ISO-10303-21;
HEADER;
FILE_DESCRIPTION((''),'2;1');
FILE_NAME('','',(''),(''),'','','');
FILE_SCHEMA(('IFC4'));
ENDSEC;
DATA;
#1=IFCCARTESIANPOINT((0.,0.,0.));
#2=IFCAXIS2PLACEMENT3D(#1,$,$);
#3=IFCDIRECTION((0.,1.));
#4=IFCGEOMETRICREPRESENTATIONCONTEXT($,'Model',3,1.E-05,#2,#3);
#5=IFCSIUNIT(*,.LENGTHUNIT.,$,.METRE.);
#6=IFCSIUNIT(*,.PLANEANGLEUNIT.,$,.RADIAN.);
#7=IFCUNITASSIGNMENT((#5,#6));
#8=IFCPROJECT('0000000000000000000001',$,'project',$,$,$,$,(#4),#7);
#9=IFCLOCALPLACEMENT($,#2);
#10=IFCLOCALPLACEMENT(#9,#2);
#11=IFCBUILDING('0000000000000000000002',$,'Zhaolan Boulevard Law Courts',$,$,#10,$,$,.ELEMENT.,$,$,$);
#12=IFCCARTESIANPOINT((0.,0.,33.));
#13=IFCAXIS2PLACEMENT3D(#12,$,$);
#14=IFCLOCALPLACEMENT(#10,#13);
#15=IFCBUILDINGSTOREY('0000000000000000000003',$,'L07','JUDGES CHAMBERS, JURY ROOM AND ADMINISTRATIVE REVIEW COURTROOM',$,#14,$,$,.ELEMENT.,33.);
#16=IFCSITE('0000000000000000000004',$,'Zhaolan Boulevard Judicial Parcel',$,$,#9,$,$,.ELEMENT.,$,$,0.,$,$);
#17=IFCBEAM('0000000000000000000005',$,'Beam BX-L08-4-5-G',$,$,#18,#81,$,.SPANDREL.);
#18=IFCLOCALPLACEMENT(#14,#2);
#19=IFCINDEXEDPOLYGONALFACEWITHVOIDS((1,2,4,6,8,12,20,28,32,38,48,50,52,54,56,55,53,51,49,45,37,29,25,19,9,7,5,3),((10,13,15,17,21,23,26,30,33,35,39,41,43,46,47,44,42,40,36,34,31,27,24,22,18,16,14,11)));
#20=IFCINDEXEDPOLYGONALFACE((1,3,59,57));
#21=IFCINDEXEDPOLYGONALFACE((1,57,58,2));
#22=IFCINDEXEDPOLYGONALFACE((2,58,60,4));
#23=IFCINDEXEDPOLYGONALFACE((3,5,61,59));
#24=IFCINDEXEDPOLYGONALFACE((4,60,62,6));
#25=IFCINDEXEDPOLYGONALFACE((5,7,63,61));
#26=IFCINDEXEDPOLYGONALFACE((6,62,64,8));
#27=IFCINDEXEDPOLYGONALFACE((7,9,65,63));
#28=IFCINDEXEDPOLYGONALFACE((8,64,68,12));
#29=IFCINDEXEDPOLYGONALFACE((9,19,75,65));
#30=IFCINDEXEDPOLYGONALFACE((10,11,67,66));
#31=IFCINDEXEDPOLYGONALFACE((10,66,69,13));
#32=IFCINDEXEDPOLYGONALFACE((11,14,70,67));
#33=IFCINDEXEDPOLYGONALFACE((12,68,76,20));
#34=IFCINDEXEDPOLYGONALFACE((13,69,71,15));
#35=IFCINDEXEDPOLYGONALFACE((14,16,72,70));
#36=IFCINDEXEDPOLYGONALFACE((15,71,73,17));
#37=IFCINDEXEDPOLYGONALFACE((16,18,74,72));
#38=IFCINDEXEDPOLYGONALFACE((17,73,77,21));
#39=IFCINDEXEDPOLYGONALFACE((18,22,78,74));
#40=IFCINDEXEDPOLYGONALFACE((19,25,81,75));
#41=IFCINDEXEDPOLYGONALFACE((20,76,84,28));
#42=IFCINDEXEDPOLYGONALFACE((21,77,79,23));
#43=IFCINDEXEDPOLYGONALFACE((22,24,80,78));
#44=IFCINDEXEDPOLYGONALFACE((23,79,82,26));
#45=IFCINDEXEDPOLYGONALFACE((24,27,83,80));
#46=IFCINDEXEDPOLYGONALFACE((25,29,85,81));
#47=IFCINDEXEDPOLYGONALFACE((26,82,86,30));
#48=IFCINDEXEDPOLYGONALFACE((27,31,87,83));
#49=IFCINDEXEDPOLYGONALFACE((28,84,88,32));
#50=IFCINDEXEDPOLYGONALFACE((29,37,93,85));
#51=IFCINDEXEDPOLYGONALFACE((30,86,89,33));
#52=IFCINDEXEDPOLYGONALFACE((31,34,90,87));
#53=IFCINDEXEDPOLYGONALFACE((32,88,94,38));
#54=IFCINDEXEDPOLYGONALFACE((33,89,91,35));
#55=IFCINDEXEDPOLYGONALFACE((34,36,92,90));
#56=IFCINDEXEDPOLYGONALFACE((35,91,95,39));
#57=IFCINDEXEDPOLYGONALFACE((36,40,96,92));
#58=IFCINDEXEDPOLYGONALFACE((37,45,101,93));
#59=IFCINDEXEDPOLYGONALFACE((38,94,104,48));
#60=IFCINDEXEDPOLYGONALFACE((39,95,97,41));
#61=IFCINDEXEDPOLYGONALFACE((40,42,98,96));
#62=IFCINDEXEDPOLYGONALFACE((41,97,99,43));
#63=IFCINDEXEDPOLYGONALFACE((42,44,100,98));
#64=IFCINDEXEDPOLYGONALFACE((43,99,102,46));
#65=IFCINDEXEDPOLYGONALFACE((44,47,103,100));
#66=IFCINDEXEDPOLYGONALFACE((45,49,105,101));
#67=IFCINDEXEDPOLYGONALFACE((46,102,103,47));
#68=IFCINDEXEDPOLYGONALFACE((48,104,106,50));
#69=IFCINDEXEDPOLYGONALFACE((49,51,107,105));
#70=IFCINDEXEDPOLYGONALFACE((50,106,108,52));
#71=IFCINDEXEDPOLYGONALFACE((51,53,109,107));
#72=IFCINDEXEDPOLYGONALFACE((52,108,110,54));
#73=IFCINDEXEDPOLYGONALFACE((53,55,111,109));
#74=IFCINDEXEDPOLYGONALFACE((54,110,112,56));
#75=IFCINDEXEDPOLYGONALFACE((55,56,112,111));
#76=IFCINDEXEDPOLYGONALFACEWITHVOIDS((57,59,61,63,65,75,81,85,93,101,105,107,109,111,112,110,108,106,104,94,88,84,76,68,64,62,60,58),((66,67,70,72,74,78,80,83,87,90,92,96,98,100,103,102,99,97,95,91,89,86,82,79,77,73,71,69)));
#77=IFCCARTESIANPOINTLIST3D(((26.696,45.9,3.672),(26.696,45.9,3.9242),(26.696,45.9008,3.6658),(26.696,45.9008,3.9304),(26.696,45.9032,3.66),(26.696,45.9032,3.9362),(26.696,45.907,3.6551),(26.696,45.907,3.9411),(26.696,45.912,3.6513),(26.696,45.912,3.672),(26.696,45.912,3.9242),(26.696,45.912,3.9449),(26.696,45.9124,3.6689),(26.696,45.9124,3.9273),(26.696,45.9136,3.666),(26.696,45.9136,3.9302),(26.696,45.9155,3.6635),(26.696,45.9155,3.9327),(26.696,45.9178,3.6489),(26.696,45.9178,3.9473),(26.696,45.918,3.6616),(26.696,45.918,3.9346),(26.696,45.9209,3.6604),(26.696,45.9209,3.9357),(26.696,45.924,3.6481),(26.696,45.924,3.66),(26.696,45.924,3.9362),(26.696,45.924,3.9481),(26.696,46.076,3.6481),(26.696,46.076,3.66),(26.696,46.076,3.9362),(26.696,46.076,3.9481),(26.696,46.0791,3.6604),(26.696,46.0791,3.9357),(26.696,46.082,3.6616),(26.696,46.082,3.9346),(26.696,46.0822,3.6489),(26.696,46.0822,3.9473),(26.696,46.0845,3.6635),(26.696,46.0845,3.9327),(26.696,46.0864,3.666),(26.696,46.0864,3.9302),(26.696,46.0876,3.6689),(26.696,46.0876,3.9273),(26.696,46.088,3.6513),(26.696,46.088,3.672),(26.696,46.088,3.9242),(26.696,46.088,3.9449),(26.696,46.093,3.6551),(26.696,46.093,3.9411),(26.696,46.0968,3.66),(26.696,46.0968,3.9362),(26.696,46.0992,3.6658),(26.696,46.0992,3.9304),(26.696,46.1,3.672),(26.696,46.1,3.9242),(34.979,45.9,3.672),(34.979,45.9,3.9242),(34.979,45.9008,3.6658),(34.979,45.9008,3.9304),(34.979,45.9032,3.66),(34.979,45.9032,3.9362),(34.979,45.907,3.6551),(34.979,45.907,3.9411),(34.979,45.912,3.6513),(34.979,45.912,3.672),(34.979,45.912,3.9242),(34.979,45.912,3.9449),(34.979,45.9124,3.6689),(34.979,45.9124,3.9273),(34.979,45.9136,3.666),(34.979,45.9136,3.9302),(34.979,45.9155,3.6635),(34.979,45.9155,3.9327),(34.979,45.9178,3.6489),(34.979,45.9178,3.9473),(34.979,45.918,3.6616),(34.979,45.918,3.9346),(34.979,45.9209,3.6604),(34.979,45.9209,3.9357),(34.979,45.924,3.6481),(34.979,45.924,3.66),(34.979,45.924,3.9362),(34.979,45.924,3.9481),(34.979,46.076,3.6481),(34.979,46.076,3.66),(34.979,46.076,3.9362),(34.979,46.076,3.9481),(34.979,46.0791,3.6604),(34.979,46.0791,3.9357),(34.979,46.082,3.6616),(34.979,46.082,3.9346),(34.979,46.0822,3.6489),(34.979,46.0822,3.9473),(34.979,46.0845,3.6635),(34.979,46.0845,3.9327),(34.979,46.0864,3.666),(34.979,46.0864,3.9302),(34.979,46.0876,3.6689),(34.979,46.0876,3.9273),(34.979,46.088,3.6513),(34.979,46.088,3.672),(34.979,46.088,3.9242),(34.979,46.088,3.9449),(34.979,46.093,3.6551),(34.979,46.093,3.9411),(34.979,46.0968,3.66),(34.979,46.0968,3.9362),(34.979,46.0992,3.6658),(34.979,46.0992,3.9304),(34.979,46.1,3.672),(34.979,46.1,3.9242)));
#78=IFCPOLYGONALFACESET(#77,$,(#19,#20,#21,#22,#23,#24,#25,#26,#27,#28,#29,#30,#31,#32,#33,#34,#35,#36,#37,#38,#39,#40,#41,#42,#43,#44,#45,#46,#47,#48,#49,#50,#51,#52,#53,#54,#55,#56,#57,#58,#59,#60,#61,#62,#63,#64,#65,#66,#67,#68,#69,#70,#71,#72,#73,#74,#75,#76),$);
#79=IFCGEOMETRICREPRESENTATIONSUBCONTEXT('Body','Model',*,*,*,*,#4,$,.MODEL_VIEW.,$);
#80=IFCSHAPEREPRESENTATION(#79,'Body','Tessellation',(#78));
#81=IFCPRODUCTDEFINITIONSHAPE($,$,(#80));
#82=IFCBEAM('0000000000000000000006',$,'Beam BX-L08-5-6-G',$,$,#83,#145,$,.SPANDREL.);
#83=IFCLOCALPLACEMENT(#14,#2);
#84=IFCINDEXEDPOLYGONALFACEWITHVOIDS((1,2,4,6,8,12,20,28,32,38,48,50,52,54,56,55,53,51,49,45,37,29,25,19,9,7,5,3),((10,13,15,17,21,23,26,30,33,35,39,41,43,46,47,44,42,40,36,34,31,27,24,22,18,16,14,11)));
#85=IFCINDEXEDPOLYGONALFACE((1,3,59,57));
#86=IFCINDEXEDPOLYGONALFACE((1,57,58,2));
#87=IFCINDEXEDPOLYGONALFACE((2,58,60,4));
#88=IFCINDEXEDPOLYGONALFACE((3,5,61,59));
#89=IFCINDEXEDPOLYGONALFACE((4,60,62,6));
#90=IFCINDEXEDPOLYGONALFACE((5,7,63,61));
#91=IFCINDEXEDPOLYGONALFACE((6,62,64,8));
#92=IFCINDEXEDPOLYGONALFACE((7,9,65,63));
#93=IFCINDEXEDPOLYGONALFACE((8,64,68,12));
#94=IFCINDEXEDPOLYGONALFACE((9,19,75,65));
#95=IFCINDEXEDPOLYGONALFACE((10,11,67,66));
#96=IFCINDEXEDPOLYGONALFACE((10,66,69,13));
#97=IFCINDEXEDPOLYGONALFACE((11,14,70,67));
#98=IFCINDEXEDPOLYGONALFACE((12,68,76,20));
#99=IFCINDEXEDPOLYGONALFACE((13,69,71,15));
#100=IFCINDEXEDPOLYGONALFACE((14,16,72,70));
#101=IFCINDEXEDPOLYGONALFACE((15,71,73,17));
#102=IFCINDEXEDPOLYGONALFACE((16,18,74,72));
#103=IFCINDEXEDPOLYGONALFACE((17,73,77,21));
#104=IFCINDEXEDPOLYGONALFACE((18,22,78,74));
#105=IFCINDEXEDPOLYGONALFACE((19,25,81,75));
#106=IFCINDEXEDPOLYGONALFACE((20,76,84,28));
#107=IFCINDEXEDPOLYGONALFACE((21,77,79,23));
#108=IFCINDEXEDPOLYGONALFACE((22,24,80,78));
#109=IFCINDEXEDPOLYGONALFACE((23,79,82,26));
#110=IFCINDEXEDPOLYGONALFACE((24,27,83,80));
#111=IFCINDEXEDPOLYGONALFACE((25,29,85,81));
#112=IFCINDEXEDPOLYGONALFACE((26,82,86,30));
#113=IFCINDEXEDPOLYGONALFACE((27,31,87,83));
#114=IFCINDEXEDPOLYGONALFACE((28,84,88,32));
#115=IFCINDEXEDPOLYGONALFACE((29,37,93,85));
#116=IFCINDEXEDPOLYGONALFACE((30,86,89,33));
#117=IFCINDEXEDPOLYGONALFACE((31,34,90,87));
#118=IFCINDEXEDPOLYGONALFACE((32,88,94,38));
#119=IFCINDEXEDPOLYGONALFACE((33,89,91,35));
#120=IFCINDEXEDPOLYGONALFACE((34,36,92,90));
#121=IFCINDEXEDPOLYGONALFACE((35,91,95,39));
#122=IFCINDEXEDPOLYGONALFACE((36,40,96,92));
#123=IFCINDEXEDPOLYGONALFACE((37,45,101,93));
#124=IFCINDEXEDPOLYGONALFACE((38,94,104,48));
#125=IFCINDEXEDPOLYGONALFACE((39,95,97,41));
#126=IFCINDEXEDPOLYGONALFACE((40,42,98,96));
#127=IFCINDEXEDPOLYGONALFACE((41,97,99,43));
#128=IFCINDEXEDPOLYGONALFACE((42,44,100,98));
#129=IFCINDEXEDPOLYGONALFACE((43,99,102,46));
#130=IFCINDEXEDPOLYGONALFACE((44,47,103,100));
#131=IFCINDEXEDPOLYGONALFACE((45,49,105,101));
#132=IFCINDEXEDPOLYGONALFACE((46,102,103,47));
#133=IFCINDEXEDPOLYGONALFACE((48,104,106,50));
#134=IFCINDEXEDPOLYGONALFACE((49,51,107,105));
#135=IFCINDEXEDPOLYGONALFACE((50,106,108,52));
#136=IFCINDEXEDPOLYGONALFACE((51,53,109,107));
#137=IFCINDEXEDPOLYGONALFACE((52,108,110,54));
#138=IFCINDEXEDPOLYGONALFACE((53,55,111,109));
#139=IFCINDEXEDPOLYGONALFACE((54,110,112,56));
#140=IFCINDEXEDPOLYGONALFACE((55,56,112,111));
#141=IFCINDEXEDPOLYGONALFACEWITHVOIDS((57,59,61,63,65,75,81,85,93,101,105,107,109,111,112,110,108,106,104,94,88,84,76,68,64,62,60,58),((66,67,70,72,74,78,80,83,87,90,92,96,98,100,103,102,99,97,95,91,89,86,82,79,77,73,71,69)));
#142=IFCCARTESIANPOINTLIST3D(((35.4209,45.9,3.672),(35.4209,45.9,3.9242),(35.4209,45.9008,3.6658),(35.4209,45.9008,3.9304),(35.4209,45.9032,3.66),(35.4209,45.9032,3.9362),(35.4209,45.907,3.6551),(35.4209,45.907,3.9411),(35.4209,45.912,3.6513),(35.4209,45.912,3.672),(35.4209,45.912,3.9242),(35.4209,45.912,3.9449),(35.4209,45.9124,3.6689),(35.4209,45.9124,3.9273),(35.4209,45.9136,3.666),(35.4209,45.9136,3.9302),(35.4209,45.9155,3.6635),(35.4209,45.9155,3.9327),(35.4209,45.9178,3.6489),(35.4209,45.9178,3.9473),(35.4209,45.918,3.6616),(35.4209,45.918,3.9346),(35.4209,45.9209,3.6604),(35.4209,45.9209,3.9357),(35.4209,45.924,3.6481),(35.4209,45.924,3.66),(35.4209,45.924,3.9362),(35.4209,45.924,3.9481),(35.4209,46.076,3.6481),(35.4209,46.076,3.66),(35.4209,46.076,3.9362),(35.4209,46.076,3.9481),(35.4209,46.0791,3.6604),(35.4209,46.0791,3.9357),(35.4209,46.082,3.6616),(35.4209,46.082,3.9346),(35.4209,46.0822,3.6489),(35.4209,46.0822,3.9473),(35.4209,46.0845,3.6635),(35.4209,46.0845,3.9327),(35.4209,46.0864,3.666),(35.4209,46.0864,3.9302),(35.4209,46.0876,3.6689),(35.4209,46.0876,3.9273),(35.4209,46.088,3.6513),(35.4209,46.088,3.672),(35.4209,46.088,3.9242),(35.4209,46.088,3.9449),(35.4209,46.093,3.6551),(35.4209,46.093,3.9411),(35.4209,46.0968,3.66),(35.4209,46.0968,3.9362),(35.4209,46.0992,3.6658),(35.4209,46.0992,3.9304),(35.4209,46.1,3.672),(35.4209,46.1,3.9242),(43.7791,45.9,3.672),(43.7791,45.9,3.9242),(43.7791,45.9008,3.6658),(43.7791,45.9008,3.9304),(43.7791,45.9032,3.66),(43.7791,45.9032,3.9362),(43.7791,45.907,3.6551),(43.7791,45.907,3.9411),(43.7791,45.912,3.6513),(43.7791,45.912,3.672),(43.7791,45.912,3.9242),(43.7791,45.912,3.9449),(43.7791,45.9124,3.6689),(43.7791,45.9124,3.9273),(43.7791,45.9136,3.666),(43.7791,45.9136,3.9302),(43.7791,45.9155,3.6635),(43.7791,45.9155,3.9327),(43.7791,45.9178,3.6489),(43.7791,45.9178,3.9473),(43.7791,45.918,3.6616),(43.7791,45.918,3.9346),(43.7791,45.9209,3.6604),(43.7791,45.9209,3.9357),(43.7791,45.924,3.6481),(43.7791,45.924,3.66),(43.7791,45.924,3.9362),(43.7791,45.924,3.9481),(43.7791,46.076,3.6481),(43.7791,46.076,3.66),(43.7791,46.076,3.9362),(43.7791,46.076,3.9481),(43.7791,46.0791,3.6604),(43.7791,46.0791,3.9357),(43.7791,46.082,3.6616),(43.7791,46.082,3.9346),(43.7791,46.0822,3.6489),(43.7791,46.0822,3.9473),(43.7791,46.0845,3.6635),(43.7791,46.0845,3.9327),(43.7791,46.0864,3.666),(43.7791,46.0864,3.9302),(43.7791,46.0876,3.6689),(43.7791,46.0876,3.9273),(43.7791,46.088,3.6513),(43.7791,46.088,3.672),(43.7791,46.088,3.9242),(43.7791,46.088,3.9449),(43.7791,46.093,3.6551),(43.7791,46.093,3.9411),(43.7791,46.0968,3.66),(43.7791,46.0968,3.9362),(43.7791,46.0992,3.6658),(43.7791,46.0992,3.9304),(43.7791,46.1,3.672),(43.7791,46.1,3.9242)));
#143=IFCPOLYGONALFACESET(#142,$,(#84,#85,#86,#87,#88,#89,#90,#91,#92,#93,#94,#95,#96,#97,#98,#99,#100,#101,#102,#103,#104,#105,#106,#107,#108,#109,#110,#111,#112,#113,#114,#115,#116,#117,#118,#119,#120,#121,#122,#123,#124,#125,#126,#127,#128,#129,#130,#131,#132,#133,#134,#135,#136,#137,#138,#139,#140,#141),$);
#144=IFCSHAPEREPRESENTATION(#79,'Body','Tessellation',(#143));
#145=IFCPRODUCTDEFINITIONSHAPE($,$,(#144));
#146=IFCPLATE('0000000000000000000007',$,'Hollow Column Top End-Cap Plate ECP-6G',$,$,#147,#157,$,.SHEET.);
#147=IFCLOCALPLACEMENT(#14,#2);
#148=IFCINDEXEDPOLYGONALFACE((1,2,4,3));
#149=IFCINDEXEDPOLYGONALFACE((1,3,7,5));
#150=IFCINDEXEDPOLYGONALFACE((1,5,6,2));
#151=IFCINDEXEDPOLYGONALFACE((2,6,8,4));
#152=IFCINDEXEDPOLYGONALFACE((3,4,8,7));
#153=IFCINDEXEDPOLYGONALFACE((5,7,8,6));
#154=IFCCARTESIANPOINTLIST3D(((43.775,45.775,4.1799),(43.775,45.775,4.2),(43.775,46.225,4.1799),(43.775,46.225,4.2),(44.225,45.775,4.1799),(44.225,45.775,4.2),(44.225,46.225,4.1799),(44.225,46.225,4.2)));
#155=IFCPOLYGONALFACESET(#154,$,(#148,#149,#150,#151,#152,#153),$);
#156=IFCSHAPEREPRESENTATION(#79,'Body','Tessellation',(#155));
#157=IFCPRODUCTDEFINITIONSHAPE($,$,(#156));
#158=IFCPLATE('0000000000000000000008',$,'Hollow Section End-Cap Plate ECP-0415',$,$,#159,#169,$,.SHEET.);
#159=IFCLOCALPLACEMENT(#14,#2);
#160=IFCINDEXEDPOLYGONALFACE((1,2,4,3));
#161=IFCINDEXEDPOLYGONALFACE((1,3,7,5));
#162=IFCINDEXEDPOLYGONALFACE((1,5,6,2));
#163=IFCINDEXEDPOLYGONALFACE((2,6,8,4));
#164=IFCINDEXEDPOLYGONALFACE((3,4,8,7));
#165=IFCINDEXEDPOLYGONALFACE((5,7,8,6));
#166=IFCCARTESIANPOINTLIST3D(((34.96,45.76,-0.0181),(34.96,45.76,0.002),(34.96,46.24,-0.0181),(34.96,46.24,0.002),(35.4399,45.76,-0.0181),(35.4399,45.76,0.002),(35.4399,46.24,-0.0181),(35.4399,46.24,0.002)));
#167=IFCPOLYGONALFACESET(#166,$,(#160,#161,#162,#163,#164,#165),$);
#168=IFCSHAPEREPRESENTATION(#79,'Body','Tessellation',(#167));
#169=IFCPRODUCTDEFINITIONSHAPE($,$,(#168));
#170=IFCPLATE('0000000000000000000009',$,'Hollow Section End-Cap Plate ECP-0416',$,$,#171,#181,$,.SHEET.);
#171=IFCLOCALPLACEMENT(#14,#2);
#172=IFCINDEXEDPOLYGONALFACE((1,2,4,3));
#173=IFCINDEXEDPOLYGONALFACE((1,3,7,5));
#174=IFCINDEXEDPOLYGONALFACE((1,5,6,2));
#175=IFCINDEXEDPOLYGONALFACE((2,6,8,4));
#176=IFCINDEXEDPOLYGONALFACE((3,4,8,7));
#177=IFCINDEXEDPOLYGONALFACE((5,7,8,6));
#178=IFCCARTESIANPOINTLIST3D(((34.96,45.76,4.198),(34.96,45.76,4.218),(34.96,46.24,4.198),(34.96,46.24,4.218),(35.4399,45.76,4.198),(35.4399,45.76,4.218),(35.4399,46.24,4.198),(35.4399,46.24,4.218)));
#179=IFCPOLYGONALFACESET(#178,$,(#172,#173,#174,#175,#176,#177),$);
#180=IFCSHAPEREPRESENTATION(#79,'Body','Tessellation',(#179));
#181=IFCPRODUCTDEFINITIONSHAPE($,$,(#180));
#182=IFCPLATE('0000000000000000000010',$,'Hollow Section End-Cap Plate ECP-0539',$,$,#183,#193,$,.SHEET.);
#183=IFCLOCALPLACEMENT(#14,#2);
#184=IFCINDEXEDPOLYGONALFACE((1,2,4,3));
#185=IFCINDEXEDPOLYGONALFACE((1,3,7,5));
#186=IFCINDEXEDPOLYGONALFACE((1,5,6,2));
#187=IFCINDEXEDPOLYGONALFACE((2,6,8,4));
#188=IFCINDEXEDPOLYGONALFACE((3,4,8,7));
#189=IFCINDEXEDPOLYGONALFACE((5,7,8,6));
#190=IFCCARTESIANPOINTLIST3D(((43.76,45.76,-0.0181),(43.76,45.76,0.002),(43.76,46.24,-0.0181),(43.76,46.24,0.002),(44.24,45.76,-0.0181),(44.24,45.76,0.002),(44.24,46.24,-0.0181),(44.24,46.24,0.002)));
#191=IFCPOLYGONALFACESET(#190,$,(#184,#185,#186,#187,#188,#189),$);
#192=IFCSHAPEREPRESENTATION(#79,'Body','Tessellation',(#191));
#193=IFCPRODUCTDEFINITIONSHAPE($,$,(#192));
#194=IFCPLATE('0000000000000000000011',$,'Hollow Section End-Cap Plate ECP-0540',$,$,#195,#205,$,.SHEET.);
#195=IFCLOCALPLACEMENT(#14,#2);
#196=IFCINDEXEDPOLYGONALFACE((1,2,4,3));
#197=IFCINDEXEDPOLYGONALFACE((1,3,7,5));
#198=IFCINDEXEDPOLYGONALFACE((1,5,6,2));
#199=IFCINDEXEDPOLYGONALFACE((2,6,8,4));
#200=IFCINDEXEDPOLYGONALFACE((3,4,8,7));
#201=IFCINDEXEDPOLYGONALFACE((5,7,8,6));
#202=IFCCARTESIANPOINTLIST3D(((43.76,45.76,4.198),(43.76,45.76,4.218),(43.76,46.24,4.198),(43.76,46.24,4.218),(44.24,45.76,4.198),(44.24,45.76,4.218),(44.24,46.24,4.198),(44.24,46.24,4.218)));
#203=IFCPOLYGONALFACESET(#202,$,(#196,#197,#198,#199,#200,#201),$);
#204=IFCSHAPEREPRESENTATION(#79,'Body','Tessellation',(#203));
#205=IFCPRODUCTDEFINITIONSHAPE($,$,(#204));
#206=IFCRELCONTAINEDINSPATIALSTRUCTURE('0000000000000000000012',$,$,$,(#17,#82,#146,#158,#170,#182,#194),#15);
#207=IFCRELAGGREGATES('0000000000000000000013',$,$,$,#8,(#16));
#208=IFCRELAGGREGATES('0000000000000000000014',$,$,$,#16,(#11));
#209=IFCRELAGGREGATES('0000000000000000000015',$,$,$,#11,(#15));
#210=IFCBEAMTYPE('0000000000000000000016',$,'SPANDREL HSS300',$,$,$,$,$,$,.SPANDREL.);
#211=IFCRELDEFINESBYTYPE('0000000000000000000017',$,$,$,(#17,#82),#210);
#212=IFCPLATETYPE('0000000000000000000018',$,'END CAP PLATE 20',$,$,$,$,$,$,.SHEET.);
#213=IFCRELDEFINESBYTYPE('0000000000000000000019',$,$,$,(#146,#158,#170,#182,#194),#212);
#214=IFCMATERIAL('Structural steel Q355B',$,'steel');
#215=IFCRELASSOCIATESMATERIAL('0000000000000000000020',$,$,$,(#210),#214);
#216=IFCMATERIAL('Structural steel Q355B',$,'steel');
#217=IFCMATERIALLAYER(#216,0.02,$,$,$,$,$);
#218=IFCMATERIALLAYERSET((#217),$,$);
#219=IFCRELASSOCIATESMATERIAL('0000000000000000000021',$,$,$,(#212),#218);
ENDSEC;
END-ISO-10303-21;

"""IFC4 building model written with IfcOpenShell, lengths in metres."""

from ifc_helpers import new_model, si_unit, direction, frame, origin, origin_2d, place, context, subcontext, project, spatial, rectangle, hollow_rectangle, extrude, material, layer, layer_set, material_profile, profile_set, type_object, element, save


model = new_model("IFC4")

# Units and contexts
model_context = context("Model", 3, precision=1e-05, world=origin(), true_north=direction((0.0, 1.0)))
body_context = subcontext(model_context, "Body", "Model", "MODEL_VIEW")
ifc_project = project(units=[si_unit("LENGTHUNIT", "METRE"), si_unit("PLANEANGLEUNIT", "RADIAN")], contexts=[model_context])

# Site, building, storey
site_placement = place(None, origin())
site = spatial("IfcSite", under=ifc_project, at=site_placement, Name="Zhaolan Boulevard Judicial Parcel", CompositionType="ELEMENT", RefElevation=0.0)
building_placement = place(site_placement, origin())
building = spatial("IfcBuilding", under=site, at=building_placement, Name="Zhaolan Boulevard Law Courts", CompositionType="ELEMENT")
storey_placement = place(building_placement, frame((0.0, 0.0, 33.0)))
storey = spatial("IfcBuildingStorey", under=building, at=storey_placement, Name="L07", Description="JUDGES CHAMBERS, JURY ROOM AND ADMINISTRATIVE REVIEW COURTROOM", CompositionType="ELEMENT", Elevation=33.0)

# Beams
ifc_material_1 = material(Name="Structural steel Q355B", Category="steel")
ifc_material_profile_1 = material_profile(ifc_material_1, hollow_rectangle(XDim=0.2, YDim=0.3, WallThickness=0.012, InnerFilletRadius=0.012, OuterFilletRadius=0.0239, at=origin_2d()), Name="HSS300x200x12")
ifc_profile_set_1 = profile_set([ifc_material_profile_1], Name="Structural steel Q355B")
beam_type_1 = type_object("IfcBeamType", Name="SPANDREL HSS300", PredefinedType="SPANDREL", material=ifc_profile_set_1)
beam_1_placement = place(storey_placement, frame((26.696, 46.0, 3.7981), z_axis=(1.0, 0.0, 0.0), x_axis=(0.0, 1.0, 0.0)))
element("IfcBeam", 1, at=beam_1_placement, inside=storey, type_object=beam_type_1, Name="Beam BX-L08-4-5-G", PredefinedType="SPANDREL", context=body_context, shape_type="SweptSolid", body=[
    extrude(hollow_rectangle(XDim=0.2, YDim=0.3, WallThickness=0.012, InnerFilletRadius=0.012, OuterFilletRadius=0.0239, at=origin_2d()), origin(), (0.0, 0.0, 1.0), 8.283),
])
beam_2_placement = place(storey_placement, frame((35.4209, 46.0, 3.7981), z_axis=(1.0, 0.0, 0.0), x_axis=(0.0, 1.0, 0.0)))
element("IfcBeam", 2, at=beam_2_placement, inside=storey, type_object=beam_type_1, Name="Beam BX-L08-5-6-G", PredefinedType="SPANDREL", context=body_context, shape_type="SweptSolid", body=[
    extrude(hollow_rectangle(XDim=0.2, YDim=0.3, WallThickness=0.012, InnerFilletRadius=0.012, OuterFilletRadius=0.0239, at=origin_2d()), origin(), (0.0, 0.0, 1.0), 8.3582),
])

# Plates
ifc_material_2 = material(Name="Structural steel Q355B", Category="steel")
ifc_layer_1 = layer(ifc_material_2, 0.02)
ifc_layer_set_1 = layer_set([ifc_layer_1])
plate_type = type_object("IfcPlateType", Name="END CAP PLATE 20", PredefinedType="SHEET", material=ifc_layer_set_1)
plate_placement = place(storey_placement, frame((44.0, 46.0, 4.1799), z_axis=(0.0, 0.0, 1.0), x_axis=(1.0, 0.0, 0.0)))
element("IfcPlate", 3, at=plate_placement, inside=storey, type_object=plate_type, Name="Hollow Column Top End-Cap Plate ECP-6G", PredefinedType="SHEET", context=body_context, shape_type="SweptSolid", body=[
    extrude(rectangle(XDim=0.45, YDim=0.45, at=origin_2d()), origin(), (0.0, 0.0, 1.0), 0.02),
])
for number, where, z_axis, x_axis, name in (
    (4, (35.2, 46.0, -0.0181), (0.0, 0.0, 1.0), (1.0, 0.0, 0.0), "Hollow Section End-Cap Plate ECP-0415"),
    (5, (35.2, 46.0, 4.198), (0.0, 0.0, 1.0), (1.0, 0.0, 0.0), "Hollow Section End-Cap Plate ECP-0416"),
    (6, (44.0, 46.0, -0.0181), (0.0, 0.0, 1.0), (1.0, 0.0, 0.0), "Hollow Section End-Cap Plate ECP-0539"),
    (7, (44.0, 46.0, 4.198), (0.0, 0.0, 1.0), (1.0, 0.0, 0.0), "Hollow Section End-Cap Plate ECP-0540"),
):
    element("IfcPlate", number, at=place(storey_placement, frame(where, z_axis=z_axis, x_axis=x_axis)), inside=storey, type_object=plate_type, Name=name, PredefinedType="SHEET", context=body_context, shape_type="SweptSolid", body=[
        extrude(rectangle(XDim=0.48, YDim=0.48, at=origin_2d()), origin(), (0.0, 0.0, 1.0), 0.02),
    ])

save(model, "model.ifc")
